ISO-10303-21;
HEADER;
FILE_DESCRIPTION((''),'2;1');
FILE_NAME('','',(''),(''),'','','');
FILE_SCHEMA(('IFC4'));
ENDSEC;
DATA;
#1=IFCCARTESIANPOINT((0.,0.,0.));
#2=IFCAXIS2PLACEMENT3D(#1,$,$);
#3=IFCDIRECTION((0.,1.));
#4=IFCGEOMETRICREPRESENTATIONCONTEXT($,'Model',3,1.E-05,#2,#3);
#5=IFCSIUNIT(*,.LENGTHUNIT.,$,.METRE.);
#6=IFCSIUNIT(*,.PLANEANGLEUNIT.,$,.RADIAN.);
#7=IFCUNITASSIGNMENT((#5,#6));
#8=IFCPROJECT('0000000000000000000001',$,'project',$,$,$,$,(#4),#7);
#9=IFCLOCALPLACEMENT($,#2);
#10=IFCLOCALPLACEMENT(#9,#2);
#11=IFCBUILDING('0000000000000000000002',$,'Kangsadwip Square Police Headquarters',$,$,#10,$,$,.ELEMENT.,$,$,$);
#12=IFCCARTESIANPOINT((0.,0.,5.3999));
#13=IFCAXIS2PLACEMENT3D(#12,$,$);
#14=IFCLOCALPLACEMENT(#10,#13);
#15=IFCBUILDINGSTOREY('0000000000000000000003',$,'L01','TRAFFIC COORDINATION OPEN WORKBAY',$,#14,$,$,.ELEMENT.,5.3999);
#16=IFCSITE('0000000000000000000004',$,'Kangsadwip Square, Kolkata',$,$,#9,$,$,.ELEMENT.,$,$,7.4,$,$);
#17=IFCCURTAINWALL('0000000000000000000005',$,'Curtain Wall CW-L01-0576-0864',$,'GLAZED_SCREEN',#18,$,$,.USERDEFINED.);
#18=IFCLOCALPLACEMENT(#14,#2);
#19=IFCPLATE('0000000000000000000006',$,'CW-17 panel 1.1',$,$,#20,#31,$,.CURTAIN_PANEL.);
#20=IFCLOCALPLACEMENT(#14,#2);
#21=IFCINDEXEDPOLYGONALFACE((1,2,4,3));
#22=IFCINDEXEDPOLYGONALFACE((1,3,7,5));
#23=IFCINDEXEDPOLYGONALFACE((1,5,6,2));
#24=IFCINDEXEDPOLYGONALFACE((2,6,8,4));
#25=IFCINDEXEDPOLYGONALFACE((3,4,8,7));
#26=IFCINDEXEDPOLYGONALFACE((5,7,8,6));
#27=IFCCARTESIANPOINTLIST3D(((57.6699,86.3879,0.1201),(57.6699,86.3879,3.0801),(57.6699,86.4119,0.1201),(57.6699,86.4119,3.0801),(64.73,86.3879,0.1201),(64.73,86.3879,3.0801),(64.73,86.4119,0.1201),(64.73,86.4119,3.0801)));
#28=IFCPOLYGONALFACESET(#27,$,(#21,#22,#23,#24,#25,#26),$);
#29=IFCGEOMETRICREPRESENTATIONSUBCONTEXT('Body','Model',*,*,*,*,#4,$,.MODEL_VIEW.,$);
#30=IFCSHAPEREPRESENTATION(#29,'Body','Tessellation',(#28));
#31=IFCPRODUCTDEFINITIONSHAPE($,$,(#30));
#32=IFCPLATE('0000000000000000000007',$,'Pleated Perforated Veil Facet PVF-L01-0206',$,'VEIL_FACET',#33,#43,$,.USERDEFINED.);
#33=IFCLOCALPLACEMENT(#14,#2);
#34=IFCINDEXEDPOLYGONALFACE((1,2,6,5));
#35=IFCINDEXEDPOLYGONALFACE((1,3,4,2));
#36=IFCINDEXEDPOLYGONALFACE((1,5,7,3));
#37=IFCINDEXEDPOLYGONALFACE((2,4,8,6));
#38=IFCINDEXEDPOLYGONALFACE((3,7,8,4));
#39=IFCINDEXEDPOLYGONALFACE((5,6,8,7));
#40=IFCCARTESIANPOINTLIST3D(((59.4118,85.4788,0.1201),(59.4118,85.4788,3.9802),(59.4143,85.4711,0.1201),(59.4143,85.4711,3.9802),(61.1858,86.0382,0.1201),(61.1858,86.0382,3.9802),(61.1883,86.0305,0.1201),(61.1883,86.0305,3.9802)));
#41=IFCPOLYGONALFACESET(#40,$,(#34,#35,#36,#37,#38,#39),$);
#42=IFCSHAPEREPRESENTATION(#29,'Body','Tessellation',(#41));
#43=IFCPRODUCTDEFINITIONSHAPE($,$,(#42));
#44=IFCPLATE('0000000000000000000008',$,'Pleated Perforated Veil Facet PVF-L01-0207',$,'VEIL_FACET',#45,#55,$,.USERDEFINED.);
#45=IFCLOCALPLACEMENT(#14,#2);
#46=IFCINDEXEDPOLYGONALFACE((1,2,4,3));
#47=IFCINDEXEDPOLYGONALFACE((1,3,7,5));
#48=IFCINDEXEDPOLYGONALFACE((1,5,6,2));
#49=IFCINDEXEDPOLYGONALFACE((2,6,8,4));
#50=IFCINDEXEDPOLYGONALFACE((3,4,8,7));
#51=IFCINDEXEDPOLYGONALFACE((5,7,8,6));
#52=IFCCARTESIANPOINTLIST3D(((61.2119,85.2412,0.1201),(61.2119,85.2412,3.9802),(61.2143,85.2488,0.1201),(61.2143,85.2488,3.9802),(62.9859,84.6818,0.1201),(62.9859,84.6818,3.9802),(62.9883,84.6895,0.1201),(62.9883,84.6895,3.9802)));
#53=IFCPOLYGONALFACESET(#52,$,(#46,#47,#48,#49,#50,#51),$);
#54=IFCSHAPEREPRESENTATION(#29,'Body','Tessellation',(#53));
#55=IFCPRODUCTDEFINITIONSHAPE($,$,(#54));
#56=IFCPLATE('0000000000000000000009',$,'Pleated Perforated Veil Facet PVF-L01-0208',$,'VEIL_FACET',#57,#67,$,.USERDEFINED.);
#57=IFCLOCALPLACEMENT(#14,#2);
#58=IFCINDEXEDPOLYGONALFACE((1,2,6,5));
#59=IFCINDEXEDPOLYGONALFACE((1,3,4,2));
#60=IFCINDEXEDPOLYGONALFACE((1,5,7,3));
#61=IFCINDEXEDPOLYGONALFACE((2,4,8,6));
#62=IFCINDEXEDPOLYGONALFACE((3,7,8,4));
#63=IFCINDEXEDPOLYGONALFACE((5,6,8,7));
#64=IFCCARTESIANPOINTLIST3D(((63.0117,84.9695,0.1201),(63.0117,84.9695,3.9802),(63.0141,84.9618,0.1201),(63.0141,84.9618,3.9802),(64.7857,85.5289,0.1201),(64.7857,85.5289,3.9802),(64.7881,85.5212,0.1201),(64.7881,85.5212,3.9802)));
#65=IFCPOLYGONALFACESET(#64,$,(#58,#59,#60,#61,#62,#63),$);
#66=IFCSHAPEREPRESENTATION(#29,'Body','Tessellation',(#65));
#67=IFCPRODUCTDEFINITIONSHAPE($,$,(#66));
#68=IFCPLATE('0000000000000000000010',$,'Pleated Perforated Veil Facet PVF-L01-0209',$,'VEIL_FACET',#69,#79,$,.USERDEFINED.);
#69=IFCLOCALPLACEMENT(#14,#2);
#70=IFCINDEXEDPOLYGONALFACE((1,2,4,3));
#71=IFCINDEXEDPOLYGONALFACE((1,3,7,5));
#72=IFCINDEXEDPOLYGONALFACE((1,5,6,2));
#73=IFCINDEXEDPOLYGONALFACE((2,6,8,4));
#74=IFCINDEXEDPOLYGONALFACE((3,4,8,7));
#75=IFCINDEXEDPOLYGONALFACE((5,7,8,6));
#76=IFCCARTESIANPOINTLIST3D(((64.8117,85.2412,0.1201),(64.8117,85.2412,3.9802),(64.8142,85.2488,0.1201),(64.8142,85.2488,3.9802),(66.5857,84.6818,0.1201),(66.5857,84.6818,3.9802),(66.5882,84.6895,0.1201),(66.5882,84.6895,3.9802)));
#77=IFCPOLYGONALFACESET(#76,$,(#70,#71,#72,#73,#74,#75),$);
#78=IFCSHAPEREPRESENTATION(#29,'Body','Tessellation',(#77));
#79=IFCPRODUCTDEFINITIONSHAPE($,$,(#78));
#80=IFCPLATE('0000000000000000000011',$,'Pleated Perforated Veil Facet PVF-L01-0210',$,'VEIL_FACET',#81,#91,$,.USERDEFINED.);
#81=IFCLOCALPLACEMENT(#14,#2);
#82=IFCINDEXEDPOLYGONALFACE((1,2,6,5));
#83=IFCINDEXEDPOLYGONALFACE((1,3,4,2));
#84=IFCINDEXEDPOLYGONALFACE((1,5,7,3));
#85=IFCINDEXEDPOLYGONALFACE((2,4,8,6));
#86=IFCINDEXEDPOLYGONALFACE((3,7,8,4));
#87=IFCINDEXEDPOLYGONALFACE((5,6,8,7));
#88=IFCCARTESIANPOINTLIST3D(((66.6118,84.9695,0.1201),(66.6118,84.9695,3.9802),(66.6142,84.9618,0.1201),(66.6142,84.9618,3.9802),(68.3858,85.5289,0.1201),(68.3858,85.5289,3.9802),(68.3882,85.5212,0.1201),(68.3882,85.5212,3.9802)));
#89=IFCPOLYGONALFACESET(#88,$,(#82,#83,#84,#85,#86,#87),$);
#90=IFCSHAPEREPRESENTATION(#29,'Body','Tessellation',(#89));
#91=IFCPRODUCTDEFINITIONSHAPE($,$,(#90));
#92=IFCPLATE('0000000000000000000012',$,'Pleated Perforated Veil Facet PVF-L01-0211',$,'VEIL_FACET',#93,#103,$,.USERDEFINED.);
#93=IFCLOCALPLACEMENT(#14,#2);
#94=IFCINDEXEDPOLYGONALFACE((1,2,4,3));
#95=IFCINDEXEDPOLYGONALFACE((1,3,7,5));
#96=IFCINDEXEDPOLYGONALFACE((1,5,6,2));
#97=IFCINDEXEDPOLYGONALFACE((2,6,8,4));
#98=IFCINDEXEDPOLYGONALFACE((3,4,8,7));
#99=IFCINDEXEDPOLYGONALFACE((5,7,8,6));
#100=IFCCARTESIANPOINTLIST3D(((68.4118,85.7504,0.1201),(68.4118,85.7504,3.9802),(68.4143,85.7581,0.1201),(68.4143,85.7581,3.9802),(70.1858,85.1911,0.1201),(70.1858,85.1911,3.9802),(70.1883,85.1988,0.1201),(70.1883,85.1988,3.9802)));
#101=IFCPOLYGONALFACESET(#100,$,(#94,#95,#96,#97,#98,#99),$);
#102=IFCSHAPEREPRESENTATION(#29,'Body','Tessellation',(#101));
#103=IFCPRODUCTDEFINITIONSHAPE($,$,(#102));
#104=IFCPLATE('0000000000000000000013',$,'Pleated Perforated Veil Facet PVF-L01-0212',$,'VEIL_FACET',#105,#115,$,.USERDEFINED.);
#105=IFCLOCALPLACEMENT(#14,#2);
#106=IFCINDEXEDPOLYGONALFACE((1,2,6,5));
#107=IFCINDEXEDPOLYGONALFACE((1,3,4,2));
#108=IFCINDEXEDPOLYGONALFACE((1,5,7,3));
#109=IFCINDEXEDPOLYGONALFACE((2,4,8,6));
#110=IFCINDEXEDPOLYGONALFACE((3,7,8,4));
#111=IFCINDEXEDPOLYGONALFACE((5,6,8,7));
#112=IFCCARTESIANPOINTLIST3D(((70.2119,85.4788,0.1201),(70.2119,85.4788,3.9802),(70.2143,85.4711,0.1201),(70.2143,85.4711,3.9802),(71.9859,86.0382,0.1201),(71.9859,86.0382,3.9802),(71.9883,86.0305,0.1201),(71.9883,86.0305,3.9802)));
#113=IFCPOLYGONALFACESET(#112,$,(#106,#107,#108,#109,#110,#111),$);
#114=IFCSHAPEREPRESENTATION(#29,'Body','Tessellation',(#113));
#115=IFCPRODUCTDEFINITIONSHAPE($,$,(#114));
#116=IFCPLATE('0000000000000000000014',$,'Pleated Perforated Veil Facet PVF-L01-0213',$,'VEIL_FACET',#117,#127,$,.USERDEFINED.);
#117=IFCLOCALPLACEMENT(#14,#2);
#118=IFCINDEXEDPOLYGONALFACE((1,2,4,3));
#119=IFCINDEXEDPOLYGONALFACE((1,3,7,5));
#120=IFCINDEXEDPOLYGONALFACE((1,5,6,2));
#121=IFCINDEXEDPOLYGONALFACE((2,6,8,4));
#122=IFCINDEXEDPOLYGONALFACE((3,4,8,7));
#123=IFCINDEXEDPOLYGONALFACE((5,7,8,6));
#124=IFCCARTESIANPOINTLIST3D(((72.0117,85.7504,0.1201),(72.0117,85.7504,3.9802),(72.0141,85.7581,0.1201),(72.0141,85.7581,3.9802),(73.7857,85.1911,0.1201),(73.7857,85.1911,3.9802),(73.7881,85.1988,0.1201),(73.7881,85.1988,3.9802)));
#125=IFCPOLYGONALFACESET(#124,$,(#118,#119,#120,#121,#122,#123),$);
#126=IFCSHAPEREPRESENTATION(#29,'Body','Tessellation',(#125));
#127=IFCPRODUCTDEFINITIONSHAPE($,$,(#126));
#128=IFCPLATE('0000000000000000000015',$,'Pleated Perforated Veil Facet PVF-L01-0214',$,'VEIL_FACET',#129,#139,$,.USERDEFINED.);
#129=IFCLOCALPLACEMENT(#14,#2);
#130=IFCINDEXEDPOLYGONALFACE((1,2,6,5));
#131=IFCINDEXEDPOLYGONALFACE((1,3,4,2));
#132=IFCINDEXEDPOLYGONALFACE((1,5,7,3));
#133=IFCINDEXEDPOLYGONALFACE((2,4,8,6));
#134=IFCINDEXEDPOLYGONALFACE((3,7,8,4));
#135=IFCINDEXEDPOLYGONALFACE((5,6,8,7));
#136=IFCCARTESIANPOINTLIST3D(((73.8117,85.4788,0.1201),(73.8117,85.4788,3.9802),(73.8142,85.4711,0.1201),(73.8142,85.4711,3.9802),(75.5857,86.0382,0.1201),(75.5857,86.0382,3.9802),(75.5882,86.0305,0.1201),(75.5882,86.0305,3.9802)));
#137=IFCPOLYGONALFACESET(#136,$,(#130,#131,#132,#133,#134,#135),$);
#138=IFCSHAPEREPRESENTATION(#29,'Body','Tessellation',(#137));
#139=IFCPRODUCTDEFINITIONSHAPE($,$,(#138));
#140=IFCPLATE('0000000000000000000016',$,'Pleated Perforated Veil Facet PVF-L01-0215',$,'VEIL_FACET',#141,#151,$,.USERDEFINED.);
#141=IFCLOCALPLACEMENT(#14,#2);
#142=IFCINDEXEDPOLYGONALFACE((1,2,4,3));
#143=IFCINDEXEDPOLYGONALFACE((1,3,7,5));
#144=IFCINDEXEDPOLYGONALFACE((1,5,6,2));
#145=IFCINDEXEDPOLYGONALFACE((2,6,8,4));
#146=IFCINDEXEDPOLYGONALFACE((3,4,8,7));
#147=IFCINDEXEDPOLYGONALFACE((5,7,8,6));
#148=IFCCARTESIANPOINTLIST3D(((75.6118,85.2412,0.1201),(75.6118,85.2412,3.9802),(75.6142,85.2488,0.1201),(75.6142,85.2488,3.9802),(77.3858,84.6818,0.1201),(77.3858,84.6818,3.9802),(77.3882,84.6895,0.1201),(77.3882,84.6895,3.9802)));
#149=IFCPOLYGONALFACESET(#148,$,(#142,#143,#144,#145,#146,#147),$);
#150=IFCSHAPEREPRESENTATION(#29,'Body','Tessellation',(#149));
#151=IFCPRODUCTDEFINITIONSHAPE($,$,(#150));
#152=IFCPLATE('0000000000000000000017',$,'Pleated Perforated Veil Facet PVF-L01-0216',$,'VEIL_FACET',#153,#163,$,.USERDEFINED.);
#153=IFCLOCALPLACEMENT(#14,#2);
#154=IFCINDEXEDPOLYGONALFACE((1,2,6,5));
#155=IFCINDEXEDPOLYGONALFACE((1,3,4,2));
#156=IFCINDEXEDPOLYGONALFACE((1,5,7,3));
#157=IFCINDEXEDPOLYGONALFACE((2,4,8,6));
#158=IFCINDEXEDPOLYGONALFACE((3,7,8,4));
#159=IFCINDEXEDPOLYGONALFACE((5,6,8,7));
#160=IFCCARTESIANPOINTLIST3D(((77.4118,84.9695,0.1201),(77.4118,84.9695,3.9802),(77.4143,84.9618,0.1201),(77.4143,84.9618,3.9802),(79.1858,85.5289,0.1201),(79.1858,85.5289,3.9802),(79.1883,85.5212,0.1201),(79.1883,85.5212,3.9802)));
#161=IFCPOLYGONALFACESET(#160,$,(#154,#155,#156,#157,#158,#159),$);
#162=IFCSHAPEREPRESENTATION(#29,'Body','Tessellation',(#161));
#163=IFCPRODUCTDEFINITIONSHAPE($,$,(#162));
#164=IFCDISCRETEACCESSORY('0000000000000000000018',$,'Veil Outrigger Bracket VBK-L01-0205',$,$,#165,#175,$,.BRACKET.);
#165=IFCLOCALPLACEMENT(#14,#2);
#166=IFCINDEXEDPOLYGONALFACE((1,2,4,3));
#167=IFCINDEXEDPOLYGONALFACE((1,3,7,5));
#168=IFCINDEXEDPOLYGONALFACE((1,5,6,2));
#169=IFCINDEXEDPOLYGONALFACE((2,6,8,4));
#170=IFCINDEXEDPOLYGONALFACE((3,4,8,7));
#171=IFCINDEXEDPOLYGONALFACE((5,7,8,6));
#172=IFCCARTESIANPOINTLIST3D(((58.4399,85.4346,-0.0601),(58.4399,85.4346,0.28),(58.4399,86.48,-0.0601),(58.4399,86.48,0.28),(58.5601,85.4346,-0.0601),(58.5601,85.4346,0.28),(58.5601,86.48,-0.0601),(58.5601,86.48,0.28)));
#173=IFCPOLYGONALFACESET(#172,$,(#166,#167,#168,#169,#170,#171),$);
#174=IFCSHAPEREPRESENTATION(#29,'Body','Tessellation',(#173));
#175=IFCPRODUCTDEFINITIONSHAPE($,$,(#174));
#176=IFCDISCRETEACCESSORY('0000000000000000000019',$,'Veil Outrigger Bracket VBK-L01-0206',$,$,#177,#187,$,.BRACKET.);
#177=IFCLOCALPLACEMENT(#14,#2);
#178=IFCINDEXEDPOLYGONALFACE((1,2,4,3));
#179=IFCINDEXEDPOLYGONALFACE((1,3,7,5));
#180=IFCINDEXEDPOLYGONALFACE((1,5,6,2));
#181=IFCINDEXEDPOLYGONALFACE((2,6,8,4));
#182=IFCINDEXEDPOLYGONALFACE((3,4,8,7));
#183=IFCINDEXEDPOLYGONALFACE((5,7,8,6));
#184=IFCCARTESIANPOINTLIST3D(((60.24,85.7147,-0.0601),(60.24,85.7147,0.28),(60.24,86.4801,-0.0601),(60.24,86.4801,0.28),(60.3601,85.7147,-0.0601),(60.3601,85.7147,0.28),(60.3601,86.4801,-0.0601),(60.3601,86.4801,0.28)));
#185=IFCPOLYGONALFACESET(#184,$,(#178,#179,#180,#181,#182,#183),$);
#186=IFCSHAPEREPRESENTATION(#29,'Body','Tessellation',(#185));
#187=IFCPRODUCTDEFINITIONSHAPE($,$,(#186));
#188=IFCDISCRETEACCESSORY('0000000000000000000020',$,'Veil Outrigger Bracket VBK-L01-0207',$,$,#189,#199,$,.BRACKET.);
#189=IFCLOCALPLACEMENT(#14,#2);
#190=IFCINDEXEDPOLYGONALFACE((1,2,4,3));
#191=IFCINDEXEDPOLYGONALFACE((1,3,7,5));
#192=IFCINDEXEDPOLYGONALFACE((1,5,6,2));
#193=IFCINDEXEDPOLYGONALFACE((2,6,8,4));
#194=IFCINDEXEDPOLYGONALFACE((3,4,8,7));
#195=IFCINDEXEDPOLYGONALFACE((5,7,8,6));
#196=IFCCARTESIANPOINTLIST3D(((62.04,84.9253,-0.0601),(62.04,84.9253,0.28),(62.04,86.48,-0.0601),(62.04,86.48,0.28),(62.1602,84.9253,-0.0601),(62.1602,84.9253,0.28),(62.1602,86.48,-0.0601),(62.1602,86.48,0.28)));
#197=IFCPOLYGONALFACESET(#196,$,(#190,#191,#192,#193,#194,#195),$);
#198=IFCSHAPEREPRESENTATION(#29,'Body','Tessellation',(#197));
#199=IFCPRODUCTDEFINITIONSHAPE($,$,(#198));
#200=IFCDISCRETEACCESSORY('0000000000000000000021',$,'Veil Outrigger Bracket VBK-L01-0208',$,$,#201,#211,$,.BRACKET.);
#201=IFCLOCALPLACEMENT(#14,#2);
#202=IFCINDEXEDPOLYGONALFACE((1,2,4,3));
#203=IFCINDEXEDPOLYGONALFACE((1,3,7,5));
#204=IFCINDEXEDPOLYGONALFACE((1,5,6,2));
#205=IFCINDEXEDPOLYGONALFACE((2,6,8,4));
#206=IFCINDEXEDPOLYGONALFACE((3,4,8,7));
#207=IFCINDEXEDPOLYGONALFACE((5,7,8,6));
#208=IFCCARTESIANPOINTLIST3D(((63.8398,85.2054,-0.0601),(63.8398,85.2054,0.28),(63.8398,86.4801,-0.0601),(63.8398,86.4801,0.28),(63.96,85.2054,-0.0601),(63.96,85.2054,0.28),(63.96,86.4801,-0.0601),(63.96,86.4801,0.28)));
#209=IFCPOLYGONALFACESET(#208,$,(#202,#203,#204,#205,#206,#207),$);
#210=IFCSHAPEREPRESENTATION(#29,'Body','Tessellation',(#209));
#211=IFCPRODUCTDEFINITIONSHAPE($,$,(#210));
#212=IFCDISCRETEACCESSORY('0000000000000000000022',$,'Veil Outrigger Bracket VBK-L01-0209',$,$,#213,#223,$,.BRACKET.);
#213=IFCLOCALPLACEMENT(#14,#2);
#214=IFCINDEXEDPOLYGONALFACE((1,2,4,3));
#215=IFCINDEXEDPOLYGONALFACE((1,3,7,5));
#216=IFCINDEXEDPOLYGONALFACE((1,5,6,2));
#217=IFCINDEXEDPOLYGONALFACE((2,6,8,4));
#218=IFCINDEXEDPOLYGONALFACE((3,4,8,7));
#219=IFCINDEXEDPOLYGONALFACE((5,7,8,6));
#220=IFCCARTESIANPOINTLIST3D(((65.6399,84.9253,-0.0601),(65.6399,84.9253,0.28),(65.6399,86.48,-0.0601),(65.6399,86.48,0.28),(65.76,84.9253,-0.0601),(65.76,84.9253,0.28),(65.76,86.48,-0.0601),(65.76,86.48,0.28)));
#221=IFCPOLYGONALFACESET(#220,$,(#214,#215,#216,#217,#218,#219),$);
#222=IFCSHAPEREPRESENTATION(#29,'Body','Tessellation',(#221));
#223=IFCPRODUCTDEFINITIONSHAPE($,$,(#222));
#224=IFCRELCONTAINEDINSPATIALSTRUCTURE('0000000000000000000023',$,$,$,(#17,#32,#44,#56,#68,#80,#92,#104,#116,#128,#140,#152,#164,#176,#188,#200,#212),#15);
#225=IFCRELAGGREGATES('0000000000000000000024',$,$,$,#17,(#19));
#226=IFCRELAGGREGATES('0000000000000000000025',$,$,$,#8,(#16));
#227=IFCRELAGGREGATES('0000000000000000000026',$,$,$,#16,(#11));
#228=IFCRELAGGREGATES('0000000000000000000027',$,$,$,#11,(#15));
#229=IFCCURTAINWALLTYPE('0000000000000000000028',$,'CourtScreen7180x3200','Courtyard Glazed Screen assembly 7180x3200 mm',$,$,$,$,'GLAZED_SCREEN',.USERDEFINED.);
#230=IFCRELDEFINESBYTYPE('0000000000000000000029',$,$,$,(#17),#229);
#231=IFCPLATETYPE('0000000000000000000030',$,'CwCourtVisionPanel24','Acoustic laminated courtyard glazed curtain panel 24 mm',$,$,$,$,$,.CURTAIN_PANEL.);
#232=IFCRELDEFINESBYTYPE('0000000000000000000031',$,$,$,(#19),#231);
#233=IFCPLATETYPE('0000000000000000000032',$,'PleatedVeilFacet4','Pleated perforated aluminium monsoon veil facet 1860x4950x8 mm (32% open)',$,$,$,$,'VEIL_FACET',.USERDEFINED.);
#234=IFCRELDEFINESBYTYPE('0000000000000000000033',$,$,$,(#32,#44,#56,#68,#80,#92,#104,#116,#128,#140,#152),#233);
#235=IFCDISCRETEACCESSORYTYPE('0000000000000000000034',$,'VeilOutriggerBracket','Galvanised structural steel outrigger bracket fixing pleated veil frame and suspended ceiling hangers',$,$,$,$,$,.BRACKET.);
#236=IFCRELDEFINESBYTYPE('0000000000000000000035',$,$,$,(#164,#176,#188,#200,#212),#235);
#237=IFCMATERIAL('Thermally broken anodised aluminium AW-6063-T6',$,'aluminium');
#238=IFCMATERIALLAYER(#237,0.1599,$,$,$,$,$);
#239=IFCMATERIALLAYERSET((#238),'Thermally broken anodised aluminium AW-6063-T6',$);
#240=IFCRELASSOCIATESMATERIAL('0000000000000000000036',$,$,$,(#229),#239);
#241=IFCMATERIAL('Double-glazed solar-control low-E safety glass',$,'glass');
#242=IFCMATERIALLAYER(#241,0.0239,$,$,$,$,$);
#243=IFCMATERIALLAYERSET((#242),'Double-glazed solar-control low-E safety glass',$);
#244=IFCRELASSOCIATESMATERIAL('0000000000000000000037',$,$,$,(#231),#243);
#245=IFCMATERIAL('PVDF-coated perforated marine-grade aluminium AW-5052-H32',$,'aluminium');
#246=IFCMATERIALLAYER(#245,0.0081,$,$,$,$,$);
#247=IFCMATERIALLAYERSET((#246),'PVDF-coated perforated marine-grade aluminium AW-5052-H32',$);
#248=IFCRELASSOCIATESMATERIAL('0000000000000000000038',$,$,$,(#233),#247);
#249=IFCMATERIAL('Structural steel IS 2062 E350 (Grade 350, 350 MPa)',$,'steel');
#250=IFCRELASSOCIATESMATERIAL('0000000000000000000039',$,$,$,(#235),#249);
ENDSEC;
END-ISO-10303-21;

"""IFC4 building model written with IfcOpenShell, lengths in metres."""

from ifc_helpers import new_model, si_unit, direction, frame, origin, origin_2d, place, context, subcontext, project, spatial, rectangle, extrude, material, layer, layer_set, type_object, element, aggregate, save


model = new_model("IFC4")

# Units and contexts
model_context = context("Model", 3, precision=1e-05, world=origin(), true_north=direction((0.0, 1.0)))
body_context = subcontext(model_context, "Body", "Model", "MODEL_VIEW")
ifc_project = project(units=[si_unit("LENGTHUNIT", "METRE"), si_unit("PLANEANGLEUNIT", "RADIAN")], contexts=[model_context])

# Site, building, storey
site_placement = place(None, origin())
site = spatial("IfcSite", under=ifc_project, at=site_placement, Name="Kangsadwip Square, Kolkata", CompositionType="ELEMENT", RefElevation=7.4)
building_placement = place(site_placement, origin())
building = spatial("IfcBuilding", under=site, at=building_placement, Name="Kangsadwip Square Police Headquarters", CompositionType="ELEMENT")
storey_placement = place(building_placement, frame((0.0, 0.0, 5.3999)))
storey = spatial("IfcBuildingStorey", under=building, at=storey_placement, Name="L01", Description="TRAFFIC COORDINATION OPEN WORKBAY", CompositionType="ELEMENT", Elevation=5.3999)

# Curtain wall, plate
ifc_material_1 = material(Name="Thermally broken anodised aluminium AW-6063-T6", Category="aluminium")
ifc_layer_1 = layer(ifc_material_1, 0.1599)
ifc_layer_set_1 = layer_set([ifc_layer_1], Name="Thermally broken anodised aluminium AW-6063-T6")
curtain_wall_type = type_object("IfcCurtainWallType", Name="CourtScreen7180x3200", Description="Courtyard Glazed Screen assembly 7180x3200 mm", ElementType="GLAZED_SCREEN", PredefinedType="USERDEFINED", material=ifc_layer_set_1)
curtain_wall_placement = place(storey_placement, origin())
curtain_wall = element("IfcCurtainWall", 1, at=curtain_wall_placement, inside=storey, type_object=curtain_wall_type, Name="Curtain Wall CW-L01-0576-0864", ObjectType="GLAZED_SCREEN", PredefinedType="USERDEFINED")
ifc_material_2 = material(Name="Double-glazed solar-control low-E safety glass", Category="glass")
ifc_layer_2 = layer(ifc_material_2, 0.0239)
ifc_layer_set_2 = layer_set([ifc_layer_2], Name="Double-glazed solar-control low-E safety glass")
plate_type_1 = type_object("IfcPlateType", Name="CwCourtVisionPanel24", Description="Acoustic laminated courtyard glazed curtain panel 24 mm", PredefinedType="CURTAIN_PANEL", material=ifc_layer_set_2)
plate_placement = place(storey_placement, frame((61.2, 86.3999, 0.1201), z_axis=(0.0, 0.0, 1.0), x_axis=(1.0, 0.0, 0.0)))
plate = element("IfcPlate", 2, at=plate_placement, type_object=plate_type_1, Name="CW-17 panel 1.1", PredefinedType="CURTAIN_PANEL", context=body_context, shape_type="SweptSolid", body=[
    extrude(rectangle(XDim=7.0601, YDim=0.0239, at=origin_2d()), origin(), (0.0, 0.0, 1.0), 2.96),
])
aggregate(curtain_wall, [plate])

# Plates
ifc_material_3 = material(Name="PVDF-coated perforated marine-grade aluminium AW-5052-H32", Category="aluminium")
ifc_layer_3 = layer(ifc_material_3, 0.0081)
ifc_layer_set_3 = layer_set([ifc_layer_3], Name="PVDF-coated perforated marine-grade aluminium AW-5052-H32")
plate_type_2 = type_object("IfcPlateType", Name="PleatedVeilFacet4", Description="Pleated perforated aluminium monsoon veil facet 1860x4950x8 mm (32% open)", ElementType="VEIL_FACET", PredefinedType="USERDEFINED", material=ifc_layer_set_3)
for number, where, z_axis, x_axis, name in (
    (3, (60.3, 85.7546, 0.1201), (0.0, 0.0, 1.0), (0.953717, 0.300706, 0.0), "Pleated Perforated Veil Facet PVF-L01-0206"),
    (4, (62.1001, 84.9653, 0.1201), (0.0, 0.0, 1.0), (0.953717, -0.300706, 0.0), "Pleated Perforated Veil Facet PVF-L01-0207"),
    (5, (63.8999, 85.2454, 0.1201), (0.0, 0.0, 1.0), (0.953717, 0.300706, 0.0), "Pleated Perforated Veil Facet PVF-L01-0208"),
    (6, (65.7, 84.9653, 0.1201), (0.0, 0.0, 1.0), (0.953717, -0.300706, 0.0), "Pleated Perforated Veil Facet PVF-L01-0209"),
    (7, (67.5, 85.2454, 0.1201), (0.0, 0.0, 1.0), (0.953717, 0.300706, 0.0), "Pleated Perforated Veil Facet PVF-L01-0210"),
    (8, (69.3, 85.4746, 0.1201), (0.0, 0.0, 1.0), (0.953717, -0.300706, 0.0), "Pleated Perforated Veil Facet PVF-L01-0211"),
    (9, (71.1001, 85.7546, 0.1201), (0.0, 0.0, 1.0), (0.953717, 0.300706, 0.0), "Pleated Perforated Veil Facet PVF-L01-0212"),
    (10, (72.8999, 85.4746, 0.1201), (0.0, 0.0, 1.0), (0.953717, -0.300706, 0.0), "Pleated Perforated Veil Facet PVF-L01-0213"),
    (11, (74.7, 85.7546, 0.1201), (0.0, 0.0, 1.0), (0.953717, 0.300706, 0.0), "Pleated Perforated Veil Facet PVF-L01-0214"),
    (12, (76.5, 84.9653, 0.1201), (0.0, 0.0, 1.0), (0.953717, -0.300706, 0.0), "Pleated Perforated Veil Facet PVF-L01-0215"),
    (13, (78.3, 85.2454, 0.1201), (0.0, 0.0, 1.0), (0.953717, 0.300706, 0.0), "Pleated Perforated Veil Facet PVF-L01-0216"),
):
    element("IfcPlate", number, at=place(storey_placement, frame(where, z_axis=z_axis, x_axis=x_axis)), inside=storey, type_object=plate_type_2, Name=name, ObjectType="VEIL_FACET", PredefinedType="USERDEFINED", context=body_context, shape_type="SweptSolid", body=[
        extrude(rectangle(XDim=1.8601, YDim=0.0081, at=origin_2d()), origin(), (0.0, 0.0, 1.0), 3.8601),
    ])

# Discrete accessories
ifc_material_4 = material(Name="Structural steel IS 2062 E350 (Grade 350, 350 MPa)", Category="steel")
discrete_accessory_type = type_object("IfcDiscreteAccessoryType", Name="VeilOutriggerBracket", Description="Galvanised structural steel outrigger bracket fixing pleated veil frame and suspended ceiling hangers", PredefinedType="BRACKET", material=ifc_material_4)
discrete_accessory_1_placement = place(storey_placement, frame((58.5, 85.9573, -0.0601), z_axis=(0.0, 0.0, 1.0), x_axis=(1.0, 0.0, 0.0)))
element("IfcDiscreteAccessory", 14, at=discrete_accessory_1_placement, inside=storey, type_object=discrete_accessory_type, Name="Veil Outrigger Bracket VBK-L01-0205", PredefinedType="BRACKET", context=body_context, shape_type="SweptSolid", body=[
    extrude(rectangle(XDim=0.1201, YDim=1.0454, at=origin_2d()), origin(), (0.0, 0.0, 1.0), 0.3401),
])
discrete_accessory_2_placement = place(storey_placement, frame((60.3, 86.0974, -0.0601), z_axis=(0.0, 0.0, 1.0), x_axis=(1.0, 0.0, 0.0)))
element("IfcDiscreteAccessory", 15, at=discrete_accessory_2_placement, inside=storey, type_object=discrete_accessory_type, Name="Veil Outrigger Bracket VBK-L01-0206", PredefinedType="BRACKET", context=body_context, shape_type="SweptSolid", body=[
    extrude(rectangle(XDim=0.1201, YDim=0.7654, at=origin_2d()), origin(), (0.0, 0.0, 1.0), 0.3401),
])
discrete_accessory_3_placement = place(storey_placement, frame((62.1001, 85.7026, -0.0601), z_axis=(0.0, 0.0, 1.0), x_axis=(1.0, 0.0, 0.0)))
element("IfcDiscreteAccessory", 16, at=discrete_accessory_3_placement, inside=storey, type_object=discrete_accessory_type, Name="Veil Outrigger Bracket VBK-L01-0207", PredefinedType="BRACKET", context=body_context, shape_type="SweptSolid", body=[
    extrude(rectangle(XDim=0.1201, YDim=1.5547, at=origin_2d()), origin(), (0.0, 0.0, 1.0), 0.3401),
])
discrete_accessory_4_placement = place(storey_placement, frame((63.8999, 85.8428, -0.0601), z_axis=(0.0, 0.0, 1.0), x_axis=(1.0, 0.0, 0.0)))
element("IfcDiscreteAccessory", 17, at=discrete_accessory_4_placement, inside=storey, type_object=discrete_accessory_type, Name="Veil Outrigger Bracket VBK-L01-0208", PredefinedType="BRACKET", context=body_context, shape_type="SweptSolid", body=[
    extrude(rectangle(XDim=0.1201, YDim=1.2747, at=origin_2d()), origin(), (0.0, 0.0, 1.0), 0.3401),
])
discrete_accessory_5_placement = place(storey_placement, frame((65.7, 85.7026, -0.0601), z_axis=(0.0, 0.0, 1.0), x_axis=(1.0, 0.0, 0.0)))
element("IfcDiscreteAccessory", 18, at=discrete_accessory_5_placement, inside=storey, type_object=discrete_accessory_type, Name="Veil Outrigger Bracket VBK-L01-0209", PredefinedType="BRACKET", context=body_context, shape_type="SweptSolid", body=[
    extrude(rectangle(XDim=0.1201, YDim=1.5547, at=origin_2d()), origin(), (0.0, 0.0, 1.0), 0.3401),
])

save(model, "model.ifc")
